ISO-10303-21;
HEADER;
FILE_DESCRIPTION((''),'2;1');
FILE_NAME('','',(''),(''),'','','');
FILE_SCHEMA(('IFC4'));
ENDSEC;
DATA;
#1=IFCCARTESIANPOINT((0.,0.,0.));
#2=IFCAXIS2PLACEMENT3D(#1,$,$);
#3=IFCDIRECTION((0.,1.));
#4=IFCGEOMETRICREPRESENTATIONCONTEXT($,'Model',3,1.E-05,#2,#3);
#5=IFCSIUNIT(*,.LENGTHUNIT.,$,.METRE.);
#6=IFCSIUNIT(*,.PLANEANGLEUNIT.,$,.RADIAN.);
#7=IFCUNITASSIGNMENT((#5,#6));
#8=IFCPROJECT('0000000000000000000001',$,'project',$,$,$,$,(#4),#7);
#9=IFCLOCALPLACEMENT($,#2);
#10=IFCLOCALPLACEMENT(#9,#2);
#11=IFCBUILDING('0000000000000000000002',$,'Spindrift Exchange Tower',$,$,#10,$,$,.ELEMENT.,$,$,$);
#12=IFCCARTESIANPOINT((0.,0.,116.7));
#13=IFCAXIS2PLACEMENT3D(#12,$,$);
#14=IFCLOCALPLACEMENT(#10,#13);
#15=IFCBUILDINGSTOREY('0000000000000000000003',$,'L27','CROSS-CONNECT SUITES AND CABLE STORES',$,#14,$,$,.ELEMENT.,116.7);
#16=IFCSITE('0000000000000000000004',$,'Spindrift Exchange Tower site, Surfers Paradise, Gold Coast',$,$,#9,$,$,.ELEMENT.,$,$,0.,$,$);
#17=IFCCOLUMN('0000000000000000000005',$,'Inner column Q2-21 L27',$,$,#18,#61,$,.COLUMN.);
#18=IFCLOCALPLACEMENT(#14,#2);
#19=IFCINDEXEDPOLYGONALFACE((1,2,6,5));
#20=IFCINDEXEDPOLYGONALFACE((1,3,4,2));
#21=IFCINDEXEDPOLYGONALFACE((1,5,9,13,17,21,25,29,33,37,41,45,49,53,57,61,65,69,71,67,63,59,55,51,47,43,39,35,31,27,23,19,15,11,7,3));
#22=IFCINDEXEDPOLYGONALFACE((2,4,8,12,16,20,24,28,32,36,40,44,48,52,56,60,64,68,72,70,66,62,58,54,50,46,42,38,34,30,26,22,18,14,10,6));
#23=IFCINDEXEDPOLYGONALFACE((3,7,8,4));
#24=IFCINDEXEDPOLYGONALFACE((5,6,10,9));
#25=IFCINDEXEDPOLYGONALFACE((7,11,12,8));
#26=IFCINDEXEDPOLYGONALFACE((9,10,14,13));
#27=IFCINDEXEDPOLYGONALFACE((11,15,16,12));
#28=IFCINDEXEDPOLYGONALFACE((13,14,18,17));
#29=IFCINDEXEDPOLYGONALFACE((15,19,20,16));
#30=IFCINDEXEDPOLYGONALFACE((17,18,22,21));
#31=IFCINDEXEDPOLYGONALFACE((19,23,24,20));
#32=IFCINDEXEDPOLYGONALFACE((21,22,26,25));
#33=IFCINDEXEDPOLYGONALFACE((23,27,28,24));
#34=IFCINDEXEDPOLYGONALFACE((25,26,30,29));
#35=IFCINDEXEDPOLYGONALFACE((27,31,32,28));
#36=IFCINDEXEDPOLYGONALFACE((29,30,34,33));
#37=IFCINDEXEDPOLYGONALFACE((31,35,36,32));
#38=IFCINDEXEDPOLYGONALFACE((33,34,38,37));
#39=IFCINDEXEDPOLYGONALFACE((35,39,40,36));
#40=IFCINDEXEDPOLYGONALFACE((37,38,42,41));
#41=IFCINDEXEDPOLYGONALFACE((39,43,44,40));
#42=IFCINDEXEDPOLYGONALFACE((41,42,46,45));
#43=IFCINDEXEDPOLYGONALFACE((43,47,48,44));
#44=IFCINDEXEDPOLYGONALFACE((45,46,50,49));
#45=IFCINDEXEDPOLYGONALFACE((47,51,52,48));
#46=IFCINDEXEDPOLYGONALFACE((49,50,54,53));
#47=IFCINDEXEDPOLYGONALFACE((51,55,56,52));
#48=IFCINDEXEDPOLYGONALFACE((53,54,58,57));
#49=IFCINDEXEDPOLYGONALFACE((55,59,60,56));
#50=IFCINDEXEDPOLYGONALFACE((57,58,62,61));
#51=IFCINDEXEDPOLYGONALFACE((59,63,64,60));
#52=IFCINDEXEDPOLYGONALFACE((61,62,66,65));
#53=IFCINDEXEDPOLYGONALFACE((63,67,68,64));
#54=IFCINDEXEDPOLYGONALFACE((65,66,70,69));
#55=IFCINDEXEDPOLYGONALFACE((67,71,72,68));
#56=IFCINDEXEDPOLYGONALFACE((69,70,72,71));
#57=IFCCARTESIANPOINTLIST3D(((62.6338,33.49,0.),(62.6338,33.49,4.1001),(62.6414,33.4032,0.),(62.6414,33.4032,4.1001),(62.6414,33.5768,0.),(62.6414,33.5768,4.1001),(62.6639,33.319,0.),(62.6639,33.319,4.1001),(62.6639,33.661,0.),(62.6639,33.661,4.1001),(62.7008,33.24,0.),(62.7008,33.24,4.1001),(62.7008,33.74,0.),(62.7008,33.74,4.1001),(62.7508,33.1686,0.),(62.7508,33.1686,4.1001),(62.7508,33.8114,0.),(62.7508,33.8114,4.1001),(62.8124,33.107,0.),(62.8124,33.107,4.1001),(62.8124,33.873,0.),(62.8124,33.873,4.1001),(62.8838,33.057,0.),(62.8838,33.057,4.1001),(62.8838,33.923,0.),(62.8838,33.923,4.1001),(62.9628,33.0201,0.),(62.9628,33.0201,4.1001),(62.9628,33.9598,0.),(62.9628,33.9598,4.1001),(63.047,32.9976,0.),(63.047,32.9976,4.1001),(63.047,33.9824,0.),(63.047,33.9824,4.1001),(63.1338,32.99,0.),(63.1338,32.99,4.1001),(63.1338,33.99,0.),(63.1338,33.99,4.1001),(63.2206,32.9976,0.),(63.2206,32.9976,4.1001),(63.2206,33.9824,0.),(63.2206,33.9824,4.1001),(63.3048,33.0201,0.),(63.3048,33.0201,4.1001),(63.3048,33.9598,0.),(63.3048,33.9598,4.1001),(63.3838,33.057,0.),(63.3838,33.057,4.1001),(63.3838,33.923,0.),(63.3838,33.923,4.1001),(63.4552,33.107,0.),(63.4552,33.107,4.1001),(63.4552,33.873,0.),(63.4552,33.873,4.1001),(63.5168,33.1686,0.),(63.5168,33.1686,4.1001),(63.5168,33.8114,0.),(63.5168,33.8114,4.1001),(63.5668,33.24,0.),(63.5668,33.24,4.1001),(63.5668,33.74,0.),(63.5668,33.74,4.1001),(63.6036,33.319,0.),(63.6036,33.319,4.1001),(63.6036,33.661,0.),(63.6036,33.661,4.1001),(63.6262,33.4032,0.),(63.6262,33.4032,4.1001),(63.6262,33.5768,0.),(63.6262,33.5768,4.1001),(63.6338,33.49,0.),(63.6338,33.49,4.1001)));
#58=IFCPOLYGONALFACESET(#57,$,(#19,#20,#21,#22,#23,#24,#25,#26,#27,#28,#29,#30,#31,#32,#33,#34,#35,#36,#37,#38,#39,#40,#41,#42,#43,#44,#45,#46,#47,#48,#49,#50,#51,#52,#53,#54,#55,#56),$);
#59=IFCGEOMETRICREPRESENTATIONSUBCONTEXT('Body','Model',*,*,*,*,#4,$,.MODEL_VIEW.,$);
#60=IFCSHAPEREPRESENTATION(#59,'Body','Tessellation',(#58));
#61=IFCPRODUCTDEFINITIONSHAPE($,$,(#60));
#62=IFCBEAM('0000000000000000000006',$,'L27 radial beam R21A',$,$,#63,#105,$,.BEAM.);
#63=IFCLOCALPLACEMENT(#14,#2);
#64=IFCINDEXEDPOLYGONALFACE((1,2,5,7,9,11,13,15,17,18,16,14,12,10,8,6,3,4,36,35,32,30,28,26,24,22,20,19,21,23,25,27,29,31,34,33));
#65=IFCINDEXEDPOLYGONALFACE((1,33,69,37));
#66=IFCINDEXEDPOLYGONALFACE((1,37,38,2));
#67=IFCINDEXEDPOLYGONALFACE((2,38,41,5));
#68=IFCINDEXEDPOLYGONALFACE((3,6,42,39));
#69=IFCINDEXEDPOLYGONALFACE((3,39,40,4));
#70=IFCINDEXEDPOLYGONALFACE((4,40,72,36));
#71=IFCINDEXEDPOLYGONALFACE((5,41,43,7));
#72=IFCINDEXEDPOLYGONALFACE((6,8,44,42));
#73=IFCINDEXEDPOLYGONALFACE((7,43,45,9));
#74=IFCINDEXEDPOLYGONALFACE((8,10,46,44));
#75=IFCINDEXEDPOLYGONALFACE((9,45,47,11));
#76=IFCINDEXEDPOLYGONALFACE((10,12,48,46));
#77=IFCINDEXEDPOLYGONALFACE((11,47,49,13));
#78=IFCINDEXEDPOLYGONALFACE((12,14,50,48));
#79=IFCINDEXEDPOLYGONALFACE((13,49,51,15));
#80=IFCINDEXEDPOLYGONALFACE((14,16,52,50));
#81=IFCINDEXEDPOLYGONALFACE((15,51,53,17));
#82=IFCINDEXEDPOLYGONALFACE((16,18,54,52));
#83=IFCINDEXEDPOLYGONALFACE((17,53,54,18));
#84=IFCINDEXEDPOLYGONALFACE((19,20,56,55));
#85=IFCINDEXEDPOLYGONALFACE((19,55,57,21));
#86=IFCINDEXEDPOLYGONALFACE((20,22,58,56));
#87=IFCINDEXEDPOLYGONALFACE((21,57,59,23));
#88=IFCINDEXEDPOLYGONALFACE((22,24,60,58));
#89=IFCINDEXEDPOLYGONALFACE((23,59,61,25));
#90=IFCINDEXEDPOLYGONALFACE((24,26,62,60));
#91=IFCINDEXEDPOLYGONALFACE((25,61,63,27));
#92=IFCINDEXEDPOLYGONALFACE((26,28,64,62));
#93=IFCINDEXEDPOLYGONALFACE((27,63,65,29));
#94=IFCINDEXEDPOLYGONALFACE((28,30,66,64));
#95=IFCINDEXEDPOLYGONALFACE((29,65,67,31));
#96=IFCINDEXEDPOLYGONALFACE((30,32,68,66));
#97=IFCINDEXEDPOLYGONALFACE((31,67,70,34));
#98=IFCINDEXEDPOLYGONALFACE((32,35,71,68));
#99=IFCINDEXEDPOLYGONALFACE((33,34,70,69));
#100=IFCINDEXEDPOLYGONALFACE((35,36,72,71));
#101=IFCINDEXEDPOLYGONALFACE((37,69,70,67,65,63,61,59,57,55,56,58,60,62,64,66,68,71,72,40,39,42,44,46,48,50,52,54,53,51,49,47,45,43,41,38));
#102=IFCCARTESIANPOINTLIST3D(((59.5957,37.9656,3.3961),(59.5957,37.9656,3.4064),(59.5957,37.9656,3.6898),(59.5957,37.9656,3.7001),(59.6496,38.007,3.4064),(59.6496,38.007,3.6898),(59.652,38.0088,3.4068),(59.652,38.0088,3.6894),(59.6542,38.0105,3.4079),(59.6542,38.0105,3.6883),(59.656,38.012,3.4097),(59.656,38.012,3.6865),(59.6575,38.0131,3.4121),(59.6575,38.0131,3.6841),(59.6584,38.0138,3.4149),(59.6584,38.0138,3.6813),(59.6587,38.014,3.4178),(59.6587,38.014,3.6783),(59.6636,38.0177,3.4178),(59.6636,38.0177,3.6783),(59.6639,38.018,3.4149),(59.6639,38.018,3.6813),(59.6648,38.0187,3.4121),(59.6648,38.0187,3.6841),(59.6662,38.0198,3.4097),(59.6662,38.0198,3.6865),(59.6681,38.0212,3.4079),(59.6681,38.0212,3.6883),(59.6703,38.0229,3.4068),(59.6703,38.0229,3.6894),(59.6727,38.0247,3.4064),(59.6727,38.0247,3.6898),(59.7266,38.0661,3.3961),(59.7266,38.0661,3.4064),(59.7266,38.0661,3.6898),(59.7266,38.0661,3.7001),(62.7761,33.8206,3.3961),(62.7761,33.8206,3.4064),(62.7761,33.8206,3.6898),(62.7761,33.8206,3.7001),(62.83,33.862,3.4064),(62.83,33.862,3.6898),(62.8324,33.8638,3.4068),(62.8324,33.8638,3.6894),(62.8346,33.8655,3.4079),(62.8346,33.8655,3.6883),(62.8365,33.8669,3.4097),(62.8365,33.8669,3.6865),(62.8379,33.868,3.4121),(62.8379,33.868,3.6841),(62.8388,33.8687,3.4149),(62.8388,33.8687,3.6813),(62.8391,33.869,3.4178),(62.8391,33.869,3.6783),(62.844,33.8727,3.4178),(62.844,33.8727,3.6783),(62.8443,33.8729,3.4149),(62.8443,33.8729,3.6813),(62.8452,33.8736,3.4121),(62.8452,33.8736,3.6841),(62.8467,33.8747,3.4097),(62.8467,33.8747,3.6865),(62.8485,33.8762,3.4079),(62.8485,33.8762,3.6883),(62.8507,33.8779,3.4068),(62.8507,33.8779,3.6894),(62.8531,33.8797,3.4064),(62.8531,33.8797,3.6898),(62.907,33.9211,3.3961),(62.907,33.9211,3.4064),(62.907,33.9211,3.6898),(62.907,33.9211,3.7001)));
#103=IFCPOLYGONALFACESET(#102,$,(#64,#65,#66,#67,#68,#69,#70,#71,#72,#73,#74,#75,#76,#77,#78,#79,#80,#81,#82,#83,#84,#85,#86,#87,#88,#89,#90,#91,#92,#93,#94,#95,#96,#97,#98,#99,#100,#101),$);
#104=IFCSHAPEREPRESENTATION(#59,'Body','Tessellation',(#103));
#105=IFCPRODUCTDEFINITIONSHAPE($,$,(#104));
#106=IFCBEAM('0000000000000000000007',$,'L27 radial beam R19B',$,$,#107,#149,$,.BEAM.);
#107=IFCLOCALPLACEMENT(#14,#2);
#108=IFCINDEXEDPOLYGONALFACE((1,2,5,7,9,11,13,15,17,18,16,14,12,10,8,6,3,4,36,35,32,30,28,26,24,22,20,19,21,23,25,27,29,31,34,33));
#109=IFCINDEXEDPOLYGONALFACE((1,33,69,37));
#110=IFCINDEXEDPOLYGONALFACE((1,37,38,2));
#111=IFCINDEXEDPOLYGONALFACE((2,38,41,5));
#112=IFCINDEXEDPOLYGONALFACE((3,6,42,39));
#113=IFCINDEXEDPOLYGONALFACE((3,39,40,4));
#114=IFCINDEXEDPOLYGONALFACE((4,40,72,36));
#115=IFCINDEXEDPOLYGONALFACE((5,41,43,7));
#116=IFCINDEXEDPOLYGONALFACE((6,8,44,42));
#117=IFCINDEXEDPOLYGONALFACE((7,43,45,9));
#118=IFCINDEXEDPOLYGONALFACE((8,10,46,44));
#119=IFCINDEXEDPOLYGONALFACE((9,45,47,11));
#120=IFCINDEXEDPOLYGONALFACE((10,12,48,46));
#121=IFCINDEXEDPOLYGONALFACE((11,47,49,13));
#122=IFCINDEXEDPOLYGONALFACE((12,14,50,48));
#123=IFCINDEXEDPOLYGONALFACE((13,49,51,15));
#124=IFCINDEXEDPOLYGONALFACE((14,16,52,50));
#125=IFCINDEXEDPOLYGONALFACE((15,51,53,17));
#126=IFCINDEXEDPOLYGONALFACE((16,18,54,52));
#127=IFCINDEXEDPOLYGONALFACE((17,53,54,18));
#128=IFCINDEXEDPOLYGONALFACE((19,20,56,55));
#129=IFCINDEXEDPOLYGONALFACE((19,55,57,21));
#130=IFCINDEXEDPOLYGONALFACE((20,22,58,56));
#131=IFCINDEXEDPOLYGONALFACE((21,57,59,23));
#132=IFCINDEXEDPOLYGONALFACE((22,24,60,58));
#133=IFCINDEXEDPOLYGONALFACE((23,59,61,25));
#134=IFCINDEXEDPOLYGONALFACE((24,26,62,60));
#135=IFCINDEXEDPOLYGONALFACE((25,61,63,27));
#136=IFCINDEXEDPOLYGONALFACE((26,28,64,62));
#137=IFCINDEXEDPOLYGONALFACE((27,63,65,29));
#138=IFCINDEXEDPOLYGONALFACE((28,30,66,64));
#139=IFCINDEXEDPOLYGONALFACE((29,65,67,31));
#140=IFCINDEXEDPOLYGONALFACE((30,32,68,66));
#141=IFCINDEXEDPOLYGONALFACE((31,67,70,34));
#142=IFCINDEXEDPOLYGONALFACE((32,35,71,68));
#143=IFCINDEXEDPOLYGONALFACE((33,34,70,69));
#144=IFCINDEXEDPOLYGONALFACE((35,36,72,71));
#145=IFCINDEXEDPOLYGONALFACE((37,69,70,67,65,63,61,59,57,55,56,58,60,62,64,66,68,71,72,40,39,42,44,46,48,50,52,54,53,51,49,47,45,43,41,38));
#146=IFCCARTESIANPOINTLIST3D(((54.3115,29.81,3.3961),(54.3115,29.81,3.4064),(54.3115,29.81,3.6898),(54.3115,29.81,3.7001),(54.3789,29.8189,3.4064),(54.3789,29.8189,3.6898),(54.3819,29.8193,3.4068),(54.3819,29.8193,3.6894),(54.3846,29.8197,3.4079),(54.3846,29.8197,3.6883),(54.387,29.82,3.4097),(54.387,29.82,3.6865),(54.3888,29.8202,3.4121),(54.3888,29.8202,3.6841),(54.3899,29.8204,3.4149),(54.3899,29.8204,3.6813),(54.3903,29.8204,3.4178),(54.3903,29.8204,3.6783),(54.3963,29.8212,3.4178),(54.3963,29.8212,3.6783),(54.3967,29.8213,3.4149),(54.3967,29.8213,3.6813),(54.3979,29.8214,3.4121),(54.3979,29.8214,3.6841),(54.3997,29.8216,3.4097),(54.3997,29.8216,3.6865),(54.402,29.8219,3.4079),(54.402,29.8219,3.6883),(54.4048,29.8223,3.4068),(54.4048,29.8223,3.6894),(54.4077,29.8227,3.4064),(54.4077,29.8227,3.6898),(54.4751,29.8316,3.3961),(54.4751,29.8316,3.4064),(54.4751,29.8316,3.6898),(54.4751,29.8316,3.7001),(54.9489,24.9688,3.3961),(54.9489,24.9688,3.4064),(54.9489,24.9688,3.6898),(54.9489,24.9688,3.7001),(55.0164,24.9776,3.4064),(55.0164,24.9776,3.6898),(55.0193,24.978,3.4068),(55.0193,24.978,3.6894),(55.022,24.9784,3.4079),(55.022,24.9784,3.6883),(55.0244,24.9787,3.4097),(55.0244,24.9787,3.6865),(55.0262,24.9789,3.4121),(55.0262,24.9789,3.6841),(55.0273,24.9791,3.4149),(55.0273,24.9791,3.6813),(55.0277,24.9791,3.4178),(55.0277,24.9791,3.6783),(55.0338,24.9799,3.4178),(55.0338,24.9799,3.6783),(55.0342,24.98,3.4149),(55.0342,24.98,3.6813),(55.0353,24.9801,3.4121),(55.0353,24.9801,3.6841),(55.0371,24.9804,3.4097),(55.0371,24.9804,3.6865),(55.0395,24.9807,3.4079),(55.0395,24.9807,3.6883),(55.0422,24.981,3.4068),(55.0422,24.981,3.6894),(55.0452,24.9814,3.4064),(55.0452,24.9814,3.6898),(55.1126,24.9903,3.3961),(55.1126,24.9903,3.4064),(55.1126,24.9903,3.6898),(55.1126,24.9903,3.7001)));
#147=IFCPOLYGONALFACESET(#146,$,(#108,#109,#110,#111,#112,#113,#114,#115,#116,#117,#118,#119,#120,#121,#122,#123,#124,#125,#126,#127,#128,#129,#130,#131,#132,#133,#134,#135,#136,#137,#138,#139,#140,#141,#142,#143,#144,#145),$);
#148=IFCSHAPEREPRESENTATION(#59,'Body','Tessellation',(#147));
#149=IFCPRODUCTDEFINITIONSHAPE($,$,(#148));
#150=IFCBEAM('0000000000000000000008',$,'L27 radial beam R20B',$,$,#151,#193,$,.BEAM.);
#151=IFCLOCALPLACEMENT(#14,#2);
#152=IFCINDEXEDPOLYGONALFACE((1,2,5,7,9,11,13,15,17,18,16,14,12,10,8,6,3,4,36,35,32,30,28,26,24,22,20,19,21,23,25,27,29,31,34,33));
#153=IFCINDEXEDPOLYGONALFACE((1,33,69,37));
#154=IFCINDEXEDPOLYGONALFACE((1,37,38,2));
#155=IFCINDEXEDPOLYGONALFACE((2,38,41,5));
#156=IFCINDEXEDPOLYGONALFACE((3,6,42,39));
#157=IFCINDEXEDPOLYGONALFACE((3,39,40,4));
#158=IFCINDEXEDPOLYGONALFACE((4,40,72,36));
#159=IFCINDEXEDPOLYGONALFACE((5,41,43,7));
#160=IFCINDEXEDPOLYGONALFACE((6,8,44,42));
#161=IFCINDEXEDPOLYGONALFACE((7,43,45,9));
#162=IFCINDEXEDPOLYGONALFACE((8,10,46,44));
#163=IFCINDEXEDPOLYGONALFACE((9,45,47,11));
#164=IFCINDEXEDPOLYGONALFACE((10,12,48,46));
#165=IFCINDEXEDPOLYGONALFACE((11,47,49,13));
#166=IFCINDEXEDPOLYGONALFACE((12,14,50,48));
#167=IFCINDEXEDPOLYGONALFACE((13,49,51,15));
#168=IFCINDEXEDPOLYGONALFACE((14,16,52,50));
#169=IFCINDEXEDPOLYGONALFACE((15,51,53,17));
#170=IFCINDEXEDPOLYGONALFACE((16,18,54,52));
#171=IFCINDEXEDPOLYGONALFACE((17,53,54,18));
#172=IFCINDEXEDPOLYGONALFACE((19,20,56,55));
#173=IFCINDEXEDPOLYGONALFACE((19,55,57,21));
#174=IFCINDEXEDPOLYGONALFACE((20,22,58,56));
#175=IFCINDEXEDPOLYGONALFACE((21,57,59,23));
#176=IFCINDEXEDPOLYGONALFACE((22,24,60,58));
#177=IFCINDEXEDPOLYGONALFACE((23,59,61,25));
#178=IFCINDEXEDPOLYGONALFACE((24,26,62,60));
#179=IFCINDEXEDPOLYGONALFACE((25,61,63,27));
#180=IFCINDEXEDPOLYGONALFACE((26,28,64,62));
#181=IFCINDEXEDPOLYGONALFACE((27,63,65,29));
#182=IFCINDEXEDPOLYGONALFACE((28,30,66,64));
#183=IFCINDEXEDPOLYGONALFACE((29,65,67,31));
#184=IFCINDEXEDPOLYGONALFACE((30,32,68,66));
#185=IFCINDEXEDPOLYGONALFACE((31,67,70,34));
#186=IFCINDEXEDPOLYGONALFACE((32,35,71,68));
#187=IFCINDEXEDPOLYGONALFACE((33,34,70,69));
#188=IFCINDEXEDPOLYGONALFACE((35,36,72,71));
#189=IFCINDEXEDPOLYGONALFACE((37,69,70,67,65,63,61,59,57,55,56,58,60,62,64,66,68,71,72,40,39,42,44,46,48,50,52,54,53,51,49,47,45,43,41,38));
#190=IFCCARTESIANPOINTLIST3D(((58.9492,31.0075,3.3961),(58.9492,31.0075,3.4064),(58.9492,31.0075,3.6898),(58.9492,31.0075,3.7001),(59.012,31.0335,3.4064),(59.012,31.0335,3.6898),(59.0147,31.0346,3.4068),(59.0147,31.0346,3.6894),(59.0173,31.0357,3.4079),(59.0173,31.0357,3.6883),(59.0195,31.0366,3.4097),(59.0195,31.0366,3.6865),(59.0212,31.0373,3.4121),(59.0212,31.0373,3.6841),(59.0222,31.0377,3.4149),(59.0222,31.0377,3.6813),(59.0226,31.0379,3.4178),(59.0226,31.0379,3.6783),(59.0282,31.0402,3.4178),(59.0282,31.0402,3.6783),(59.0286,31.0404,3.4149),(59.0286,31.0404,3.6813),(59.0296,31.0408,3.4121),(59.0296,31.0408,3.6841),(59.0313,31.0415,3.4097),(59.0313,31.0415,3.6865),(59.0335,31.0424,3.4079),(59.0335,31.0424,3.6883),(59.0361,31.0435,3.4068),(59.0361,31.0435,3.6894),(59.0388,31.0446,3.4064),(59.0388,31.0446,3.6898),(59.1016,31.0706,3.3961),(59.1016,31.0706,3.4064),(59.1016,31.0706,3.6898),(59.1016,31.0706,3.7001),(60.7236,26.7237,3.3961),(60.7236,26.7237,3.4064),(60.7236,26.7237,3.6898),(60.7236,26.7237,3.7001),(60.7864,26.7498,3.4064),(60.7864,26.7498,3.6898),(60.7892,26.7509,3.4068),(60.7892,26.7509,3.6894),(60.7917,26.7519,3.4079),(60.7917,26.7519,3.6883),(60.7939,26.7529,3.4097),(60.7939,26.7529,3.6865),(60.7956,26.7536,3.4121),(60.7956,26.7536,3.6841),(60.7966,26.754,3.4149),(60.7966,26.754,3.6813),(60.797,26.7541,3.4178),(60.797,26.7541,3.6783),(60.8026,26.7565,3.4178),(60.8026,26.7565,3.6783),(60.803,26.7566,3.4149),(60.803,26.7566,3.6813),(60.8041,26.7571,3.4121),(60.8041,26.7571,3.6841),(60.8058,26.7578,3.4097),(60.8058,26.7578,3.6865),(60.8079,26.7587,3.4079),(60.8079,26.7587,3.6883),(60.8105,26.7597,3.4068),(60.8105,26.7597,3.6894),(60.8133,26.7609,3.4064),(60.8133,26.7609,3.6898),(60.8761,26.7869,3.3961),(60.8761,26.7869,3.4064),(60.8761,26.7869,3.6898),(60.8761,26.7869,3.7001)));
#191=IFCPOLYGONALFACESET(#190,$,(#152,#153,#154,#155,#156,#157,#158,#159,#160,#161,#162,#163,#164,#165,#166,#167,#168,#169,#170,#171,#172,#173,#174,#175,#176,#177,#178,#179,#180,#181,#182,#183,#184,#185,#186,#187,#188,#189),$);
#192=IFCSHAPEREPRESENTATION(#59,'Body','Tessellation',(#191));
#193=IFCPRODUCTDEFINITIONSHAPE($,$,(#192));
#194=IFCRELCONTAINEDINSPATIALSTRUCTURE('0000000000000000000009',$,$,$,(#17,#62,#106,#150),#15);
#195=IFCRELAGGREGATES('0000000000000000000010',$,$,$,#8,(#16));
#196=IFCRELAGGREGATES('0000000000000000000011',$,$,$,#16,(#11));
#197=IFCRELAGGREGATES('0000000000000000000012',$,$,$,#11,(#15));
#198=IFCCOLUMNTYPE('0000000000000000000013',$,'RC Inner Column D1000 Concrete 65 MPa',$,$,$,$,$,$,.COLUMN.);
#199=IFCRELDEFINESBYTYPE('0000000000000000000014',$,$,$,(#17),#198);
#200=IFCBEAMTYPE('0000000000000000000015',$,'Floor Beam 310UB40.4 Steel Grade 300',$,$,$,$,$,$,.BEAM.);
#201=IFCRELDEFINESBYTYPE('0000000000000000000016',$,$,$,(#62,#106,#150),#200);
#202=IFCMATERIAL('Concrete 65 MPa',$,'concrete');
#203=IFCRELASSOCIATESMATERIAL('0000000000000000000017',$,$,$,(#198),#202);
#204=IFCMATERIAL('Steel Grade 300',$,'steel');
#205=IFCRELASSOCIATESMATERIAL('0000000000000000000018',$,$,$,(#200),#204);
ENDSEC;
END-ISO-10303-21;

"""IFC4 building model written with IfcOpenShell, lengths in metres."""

from ifc_helpers import new_model, si_unit, direction, frame, origin, origin_2d, place, context, subcontext, project, spatial, circle, i_section, extrude, source, transform, mapped, material, material_profile, profile_set, type_object, element, save


model = new_model("IFC4")

# Units and contexts
model_context = context("Model", 3, precision=1e-05, world=origin(), true_north=direction((0.0, 1.0)))
body_context = subcontext(model_context, "Body", "Model", "MODEL_VIEW")
ifc_project = project(units=[si_unit("LENGTHUNIT", "METRE"), si_unit("PLANEANGLEUNIT", "RADIAN")], contexts=[model_context])

# Site, building, storey
site_placement = place(None, origin())
site = spatial("IfcSite", under=ifc_project, at=site_placement, Name="Spindrift Exchange Tower site, Surfers Paradise, Gold Coast", CompositionType="ELEMENT", RefElevation=0.0)
building_placement = place(site_placement, origin())
building = spatial("IfcBuilding", under=site, at=building_placement, Name="Spindrift Exchange Tower", CompositionType="ELEMENT")
storey_placement = place(building_placement, frame((0.0, 0.0, 116.7)))
storey = spatial("IfcBuildingStorey", under=building, at=storey_placement, Name="L27", Description="CROSS-CONNECT SUITES AND CABLE STORES", CompositionType="ELEMENT", Elevation=116.7)

# Column
ifc_material_1 = material(Name="Concrete 65 MPa", Category="concrete")
ifc_material_profile_1 = material_profile(ifc_material_1, circle(Radius=0.5, at=origin_2d()), Name="RC D1000")
ifc_profile_set_1 = profile_set([ifc_material_profile_1], Name="Concrete 65 MPa")
column_type_1 = type_object("IfcColumnType", Name="RC Inner Column D1000 Concrete 65 MPa", PredefinedType="COLUMN", material=ifc_profile_set_1)
shared_shape_1 = source(origin(), body_context, "Body", "SweptSolid", [
    extrude(circle(Radius=0.5, at=origin_2d()), origin(), (0.0, 0.0, 1.0), 4.1001),
])
for number, where, z_axis, x_axis, name in (
    (1, (63.1338, 33.49, 0.0), (0.0, 0.0, 1.0), (1.0, 0.0, 0.0), "Inner column Q2-21 L27"),
):
    element("IfcColumn", number, at=place(storey_placement, frame(where, z_axis=z_axis, x_axis=x_axis)), inside=storey, type_object=column_type_1, Name=name, PredefinedType="COLUMN", context=body_context, shape_type="MappedRepresentation", body=[
        mapped(shared_shape_1, transform((0.0, 0.0, 0.0), scale=1.0)),
    ])

# Beams
ifc_material_2 = material(Name="Steel Grade 300", Category="steel")
ifc_material_profile_2 = material_profile(ifc_material_2, i_section(OverallWidth=0.165, OverallDepth=0.304, WebThickness=0.0061, FlangeThickness=0.0103, FilletRadius=0.0115, at=origin_2d()), Name="310UB40.4")
ifc_profile_set_2 = profile_set([ifc_material_profile_2], Name="Steel Grade 300")
beam_type_1 = type_object("IfcBeamType", Name="Floor Beam 310UB40.4 Steel Grade 300", PredefinedType="BEAM", material=ifc_profile_set_2)
shared_shape_2 = source(origin(), body_context, "Body", "SweptSolid", [
    extrude(i_section(OverallWidth=0.165, OverallDepth=0.304, WebThickness=0.0061, FlangeThickness=0.0103, FilletRadius=0.0115, at=origin_2d()), origin(), (0.0, 0.0, 1.0), 5.2246),
])
beam_1_placement = place(storey_placement, frame((59.6611, 38.0159, 3.5481), z_axis=(0.608741, -0.793369, 0.0), x_axis=(0.793369, 0.608741, 0.0)))
element("IfcBeam", 2, at=beam_1_placement, inside=storey, type_object=beam_type_1, Name="L27 radial beam R21A", PredefinedType="BEAM", context=body_context, shape_type="MappedRepresentation", body=[
    mapped(shared_shape_2, transform((0.0, 0.0, 0.0), scale=1.0)),
])
shared_shape_3 = source(origin(), body_context, "Body", "SweptSolid", [
    extrude(i_section(OverallWidth=0.165, OverallDepth=0.304, WebThickness=0.0061, FlangeThickness=0.0103, FilletRadius=0.0115, at=origin_2d()), origin(), (0.0, 0.0, 1.0), 4.8831),
])
beam_2_placement = place(storey_placement, frame((54.3933, 29.8208, 3.5481), z_axis=(0.130542, -0.991443, 0.0), x_axis=(0.991443, 0.130542, 0.0)))
element("IfcBeam", 3, at=beam_2_placement, inside=storey, type_object=beam_type_1, Name="L27 radial beam R19B", PredefinedType="BEAM", context=body_context, shape_type="MappedRepresentation", body=[
    mapped(shared_shape_3, transform((0.0, 0.0, 0.0), scale=1.0)),
])
shared_shape_4 = source(origin(), body_context, "Body", "SweptSolid", [
    extrude(i_section(OverallWidth=0.165, OverallDepth=0.304, WebThickness=0.0061, FlangeThickness=0.0103, FilletRadius=0.0115, at=origin_2d()), origin(), (0.0, 0.0, 1.0), 4.6367),
])
beam_3_placement = place(storey_placement, frame((59.0254, 31.0391, 3.5481), z_axis=(0.382693, -0.923876, 0.0), x_axis=(0.923876, 0.382693, 0.0)))
element("IfcBeam", 4, at=beam_3_placement, inside=storey, type_object=beam_type_1, Name="L27 radial beam R20B", PredefinedType="BEAM", context=body_context, shape_type="MappedRepresentation", body=[
    mapped(shared_shape_4, transform((0.0, 0.0, 0.0), scale=1.0)),
])

save(model, "model.ifc")
